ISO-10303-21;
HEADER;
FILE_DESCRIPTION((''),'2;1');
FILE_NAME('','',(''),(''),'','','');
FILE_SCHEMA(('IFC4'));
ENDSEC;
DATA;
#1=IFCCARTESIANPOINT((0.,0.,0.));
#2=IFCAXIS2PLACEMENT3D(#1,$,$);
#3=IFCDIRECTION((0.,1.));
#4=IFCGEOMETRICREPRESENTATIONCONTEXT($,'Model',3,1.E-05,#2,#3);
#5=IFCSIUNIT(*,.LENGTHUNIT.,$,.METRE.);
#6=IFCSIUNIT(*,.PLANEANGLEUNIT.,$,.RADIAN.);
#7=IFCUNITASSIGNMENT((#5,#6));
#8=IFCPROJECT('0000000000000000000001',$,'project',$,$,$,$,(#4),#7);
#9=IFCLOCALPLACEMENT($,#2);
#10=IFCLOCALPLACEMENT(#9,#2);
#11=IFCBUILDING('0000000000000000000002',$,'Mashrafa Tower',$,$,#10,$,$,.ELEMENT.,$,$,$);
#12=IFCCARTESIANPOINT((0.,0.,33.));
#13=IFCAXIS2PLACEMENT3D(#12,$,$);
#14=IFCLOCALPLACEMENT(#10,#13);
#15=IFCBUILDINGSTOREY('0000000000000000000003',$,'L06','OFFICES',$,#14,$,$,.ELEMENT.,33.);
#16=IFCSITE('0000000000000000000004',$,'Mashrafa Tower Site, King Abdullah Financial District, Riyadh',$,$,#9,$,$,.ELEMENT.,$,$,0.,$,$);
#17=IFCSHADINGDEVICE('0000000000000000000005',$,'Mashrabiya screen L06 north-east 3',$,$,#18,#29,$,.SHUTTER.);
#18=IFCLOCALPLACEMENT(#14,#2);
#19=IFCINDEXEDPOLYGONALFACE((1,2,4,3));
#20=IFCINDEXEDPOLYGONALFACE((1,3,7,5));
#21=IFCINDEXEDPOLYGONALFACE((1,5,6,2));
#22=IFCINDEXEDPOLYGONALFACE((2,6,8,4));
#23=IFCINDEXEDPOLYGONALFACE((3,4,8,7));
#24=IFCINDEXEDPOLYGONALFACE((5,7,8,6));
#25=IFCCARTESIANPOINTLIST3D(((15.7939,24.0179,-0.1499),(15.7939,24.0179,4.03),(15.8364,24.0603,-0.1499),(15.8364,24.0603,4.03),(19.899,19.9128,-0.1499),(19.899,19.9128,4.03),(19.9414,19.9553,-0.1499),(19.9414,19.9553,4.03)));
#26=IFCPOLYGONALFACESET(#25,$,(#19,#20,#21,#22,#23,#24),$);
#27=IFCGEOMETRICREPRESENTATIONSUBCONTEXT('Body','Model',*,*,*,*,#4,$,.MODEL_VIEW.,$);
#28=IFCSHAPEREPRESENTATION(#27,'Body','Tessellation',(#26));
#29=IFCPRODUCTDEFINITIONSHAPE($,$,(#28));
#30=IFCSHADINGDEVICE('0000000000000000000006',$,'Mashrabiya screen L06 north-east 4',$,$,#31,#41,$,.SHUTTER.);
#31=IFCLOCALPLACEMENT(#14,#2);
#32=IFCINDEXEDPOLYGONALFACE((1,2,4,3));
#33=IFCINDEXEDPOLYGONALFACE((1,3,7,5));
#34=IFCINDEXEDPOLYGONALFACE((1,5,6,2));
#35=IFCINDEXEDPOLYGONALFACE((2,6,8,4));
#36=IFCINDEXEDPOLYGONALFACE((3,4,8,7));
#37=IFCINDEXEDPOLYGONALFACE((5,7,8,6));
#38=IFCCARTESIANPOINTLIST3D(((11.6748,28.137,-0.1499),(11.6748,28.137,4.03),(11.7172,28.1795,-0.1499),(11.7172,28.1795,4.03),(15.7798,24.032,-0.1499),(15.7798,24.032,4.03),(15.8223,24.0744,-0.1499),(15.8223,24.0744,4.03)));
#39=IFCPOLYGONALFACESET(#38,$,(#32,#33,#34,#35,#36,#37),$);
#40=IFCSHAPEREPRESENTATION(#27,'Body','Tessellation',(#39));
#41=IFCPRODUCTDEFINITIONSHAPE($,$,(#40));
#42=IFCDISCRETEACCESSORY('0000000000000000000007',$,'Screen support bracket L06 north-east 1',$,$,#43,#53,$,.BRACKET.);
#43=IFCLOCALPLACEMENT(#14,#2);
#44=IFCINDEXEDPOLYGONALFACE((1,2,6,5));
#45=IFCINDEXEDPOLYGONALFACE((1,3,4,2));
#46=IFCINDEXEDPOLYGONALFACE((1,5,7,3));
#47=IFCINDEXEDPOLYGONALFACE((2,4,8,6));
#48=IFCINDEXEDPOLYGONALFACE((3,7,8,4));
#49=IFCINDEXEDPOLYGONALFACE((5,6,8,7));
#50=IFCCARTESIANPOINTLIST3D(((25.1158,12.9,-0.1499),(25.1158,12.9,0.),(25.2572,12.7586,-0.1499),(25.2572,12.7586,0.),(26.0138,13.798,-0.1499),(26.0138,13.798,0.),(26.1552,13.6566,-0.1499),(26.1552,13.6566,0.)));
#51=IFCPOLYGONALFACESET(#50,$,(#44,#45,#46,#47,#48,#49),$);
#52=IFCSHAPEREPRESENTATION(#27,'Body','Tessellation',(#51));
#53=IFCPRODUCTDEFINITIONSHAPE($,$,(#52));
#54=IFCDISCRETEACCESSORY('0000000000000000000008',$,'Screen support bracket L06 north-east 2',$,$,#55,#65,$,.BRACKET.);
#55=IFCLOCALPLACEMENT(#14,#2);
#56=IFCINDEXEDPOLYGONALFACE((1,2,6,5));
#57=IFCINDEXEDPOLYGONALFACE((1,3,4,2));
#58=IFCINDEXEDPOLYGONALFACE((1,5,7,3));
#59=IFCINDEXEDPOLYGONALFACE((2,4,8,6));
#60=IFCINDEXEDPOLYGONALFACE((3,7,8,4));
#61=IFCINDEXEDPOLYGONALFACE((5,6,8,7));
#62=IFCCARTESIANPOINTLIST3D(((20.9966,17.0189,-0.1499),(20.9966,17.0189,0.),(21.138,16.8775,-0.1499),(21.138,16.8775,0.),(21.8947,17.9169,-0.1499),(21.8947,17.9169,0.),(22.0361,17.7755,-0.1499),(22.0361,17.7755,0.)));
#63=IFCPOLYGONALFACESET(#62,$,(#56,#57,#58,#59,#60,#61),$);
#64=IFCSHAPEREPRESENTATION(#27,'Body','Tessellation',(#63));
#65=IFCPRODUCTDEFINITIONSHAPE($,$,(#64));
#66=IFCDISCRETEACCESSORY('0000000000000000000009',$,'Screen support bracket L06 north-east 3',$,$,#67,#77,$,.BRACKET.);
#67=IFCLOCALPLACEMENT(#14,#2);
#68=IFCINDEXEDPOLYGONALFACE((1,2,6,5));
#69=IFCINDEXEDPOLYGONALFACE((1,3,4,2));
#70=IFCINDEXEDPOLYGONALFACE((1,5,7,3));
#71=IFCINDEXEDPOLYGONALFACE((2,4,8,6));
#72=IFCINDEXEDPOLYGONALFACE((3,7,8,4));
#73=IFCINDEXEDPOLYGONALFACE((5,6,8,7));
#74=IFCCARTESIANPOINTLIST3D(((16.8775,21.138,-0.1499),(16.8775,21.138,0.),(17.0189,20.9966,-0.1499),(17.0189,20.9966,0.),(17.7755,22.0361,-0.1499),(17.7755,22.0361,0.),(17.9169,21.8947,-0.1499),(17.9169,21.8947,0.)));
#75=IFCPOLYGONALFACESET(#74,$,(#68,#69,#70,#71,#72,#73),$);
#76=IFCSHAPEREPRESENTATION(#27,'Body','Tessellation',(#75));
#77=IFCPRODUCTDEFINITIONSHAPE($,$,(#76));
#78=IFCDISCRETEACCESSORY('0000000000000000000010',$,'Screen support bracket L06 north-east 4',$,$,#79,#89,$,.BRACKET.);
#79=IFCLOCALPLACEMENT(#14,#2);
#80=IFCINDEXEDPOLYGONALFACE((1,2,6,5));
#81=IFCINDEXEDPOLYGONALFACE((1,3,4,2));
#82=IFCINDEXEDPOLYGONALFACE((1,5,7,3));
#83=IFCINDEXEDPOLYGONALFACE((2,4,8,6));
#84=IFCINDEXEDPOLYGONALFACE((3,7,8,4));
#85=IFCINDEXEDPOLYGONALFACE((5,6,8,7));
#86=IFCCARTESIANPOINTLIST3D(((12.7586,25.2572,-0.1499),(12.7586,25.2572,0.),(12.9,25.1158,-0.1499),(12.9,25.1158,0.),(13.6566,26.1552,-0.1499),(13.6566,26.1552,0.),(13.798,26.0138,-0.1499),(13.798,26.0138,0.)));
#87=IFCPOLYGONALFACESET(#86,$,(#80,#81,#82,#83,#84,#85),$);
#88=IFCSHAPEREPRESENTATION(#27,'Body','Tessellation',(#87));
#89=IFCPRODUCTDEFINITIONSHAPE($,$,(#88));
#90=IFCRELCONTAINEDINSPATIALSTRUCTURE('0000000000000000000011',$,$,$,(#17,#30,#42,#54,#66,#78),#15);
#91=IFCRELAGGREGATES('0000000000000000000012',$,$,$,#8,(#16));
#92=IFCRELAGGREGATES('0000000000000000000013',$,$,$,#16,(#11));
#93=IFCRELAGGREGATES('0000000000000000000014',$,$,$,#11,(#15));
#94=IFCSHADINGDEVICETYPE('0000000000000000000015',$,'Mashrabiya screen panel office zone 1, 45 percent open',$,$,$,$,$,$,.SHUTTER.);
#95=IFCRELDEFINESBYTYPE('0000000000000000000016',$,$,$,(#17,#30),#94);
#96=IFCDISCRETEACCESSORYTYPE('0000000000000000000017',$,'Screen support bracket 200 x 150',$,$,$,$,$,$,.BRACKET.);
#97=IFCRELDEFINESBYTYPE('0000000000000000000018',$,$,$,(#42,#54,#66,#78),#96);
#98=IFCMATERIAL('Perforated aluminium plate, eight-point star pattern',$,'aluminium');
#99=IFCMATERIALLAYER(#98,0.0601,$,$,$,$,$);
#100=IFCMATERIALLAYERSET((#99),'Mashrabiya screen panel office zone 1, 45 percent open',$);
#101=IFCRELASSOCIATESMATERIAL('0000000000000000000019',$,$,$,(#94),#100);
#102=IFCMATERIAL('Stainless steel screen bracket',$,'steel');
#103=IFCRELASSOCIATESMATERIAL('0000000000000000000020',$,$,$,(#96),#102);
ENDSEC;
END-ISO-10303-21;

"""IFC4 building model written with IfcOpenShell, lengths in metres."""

from ifc_helpers import new_model, si_unit, direction, frame, origin, origin_2d, place, context, subcontext, project, spatial, rectangle, extrude, source, transform, mapped, material, layer, layer_set, type_object, type_shapes, element, save


model = new_model("IFC4")

# Units and contexts
model_context = context("Model", 3, precision=1e-05, world=origin(), true_north=direction((0.0, 1.0)))
body_context = subcontext(model_context, "Body", "Model", "MODEL_VIEW")
ifc_project = project(units=[si_unit("LENGTHUNIT", "METRE"), si_unit("PLANEANGLEUNIT", "RADIAN")], contexts=[model_context])

# Site, building, storey
site_placement = place(None, origin())
site = spatial("IfcSite", under=ifc_project, at=site_placement, Name="Mashrafa Tower Site, King Abdullah Financial District, Riyadh", CompositionType="ELEMENT", RefElevation=0.0)
building_placement = place(site_placement, origin())
building = spatial("IfcBuilding", under=site, at=building_placement, Name="Mashrafa Tower", CompositionType="ELEMENT")
storey_placement = place(building_placement, frame((0.0, 0.0, 33.0)))
storey = spatial("IfcBuildingStorey", under=building, at=storey_placement, Name="L06", Description="OFFICES", CompositionType="ELEMENT", Elevation=33.0)

# Shading devices
ifc_material_1 = material(Name="Perforated aluminium plate, eight-point star pattern", Category="aluminium")
ifc_layer_1 = layer(ifc_material_1, 0.0601)
ifc_layer_set_1 = layer_set([ifc_layer_1], Name="Mashrabiya screen panel office zone 1, 45 percent open")
shading_device_type = type_object("IfcShadingDeviceType", Name="Mashrabiya screen panel office zone 1, 45 percent open", PredefinedType="SHUTTER", material=ifc_layer_set_1)
shared_shape_1 = source(origin(), body_context, "Body", "SweptSolid", [
    extrude(rectangle(XDim=5.8054, YDim=0.0601, at=origin_2d()), origin(), (0.0, 0.0, 1.0), 4.1799),
])
type_shapes(shading_device_type, [shared_shape_1])
for number, where, z_axis, x_axis, name in (
    (1, (17.8677, 21.9866, -0.1499), (0.0, 0.0, 1.0), (-0.707107, 0.707107, 0.0), "Mashrabiya screen L06 north-east 3"),
    (2, (13.7485, 26.1057, -0.1499), (0.0, 0.0, 1.0), (-0.707107, 0.707107, 0.0), "Mashrabiya screen L06 north-east 4"),
):
    element("IfcShadingDevice", number, at=place(storey_placement, frame(where, z_axis=z_axis, x_axis=x_axis)), inside=storey, type_object=shading_device_type, Name=name, PredefinedType="SHUTTER", context=body_context, shape_type="MappedRepresentation", body=[
        mapped(shared_shape_1, transform((0.0, 0.0, 0.0))),
    ])

# Discrete accessories
ifc_material_2 = material(Name="Stainless steel screen bracket", Category="steel")
discrete_accessory_type = type_object("IfcDiscreteAccessoryType", Name="Screen support bracket 200 x 150", PredefinedType="BRACKET", material=ifc_material_2)
shared_shape_2 = source(origin(), body_context, "Body", "SweptSolid", [
    extrude(rectangle(XDim=0.2, YDim=1.27, at=origin_2d()), origin(), (0.0, 0.0, 1.0), 0.1499),
])
type_shapes(discrete_accessory_type, [shared_shape_2])
for number, where, z_axis, x_axis, name in (
    (3, (25.6355, 13.2783, -0.1499), (0.0, 0.0, 1.0), (-0.707107, 0.707107, 0.0), "Screen support bracket L06 north-east 1"),
    (4, (21.5164, 17.3972, -0.1499), (0.0, 0.0, 1.0), (-0.707107, 0.707107, 0.0), "Screen support bracket L06 north-east 2"),
    (5, (17.3972, 21.5164, -0.1499), (0.0, 0.0, 1.0), (-0.707107, 0.707107, 0.0), "Screen support bracket L06 north-east 3"),
    (6, (13.2783, 25.6355, -0.1499), (0.0, 0.0, 1.0), (-0.707107, 0.707107, 0.0), "Screen support bracket L06 north-east 4"),
):
    element("IfcDiscreteAccessory", number, at=place(storey_placement, frame(where, z_axis=z_axis, x_axis=x_axis)), inside=storey, type_object=discrete_accessory_type, Name=name, PredefinedType="BRACKET", context=body_context, shape_type="MappedRepresentation", body=[
        mapped(shared_shape_2, transform((0.0, 0.0, 0.0))),
    ])

save(model, "model.ifc")
